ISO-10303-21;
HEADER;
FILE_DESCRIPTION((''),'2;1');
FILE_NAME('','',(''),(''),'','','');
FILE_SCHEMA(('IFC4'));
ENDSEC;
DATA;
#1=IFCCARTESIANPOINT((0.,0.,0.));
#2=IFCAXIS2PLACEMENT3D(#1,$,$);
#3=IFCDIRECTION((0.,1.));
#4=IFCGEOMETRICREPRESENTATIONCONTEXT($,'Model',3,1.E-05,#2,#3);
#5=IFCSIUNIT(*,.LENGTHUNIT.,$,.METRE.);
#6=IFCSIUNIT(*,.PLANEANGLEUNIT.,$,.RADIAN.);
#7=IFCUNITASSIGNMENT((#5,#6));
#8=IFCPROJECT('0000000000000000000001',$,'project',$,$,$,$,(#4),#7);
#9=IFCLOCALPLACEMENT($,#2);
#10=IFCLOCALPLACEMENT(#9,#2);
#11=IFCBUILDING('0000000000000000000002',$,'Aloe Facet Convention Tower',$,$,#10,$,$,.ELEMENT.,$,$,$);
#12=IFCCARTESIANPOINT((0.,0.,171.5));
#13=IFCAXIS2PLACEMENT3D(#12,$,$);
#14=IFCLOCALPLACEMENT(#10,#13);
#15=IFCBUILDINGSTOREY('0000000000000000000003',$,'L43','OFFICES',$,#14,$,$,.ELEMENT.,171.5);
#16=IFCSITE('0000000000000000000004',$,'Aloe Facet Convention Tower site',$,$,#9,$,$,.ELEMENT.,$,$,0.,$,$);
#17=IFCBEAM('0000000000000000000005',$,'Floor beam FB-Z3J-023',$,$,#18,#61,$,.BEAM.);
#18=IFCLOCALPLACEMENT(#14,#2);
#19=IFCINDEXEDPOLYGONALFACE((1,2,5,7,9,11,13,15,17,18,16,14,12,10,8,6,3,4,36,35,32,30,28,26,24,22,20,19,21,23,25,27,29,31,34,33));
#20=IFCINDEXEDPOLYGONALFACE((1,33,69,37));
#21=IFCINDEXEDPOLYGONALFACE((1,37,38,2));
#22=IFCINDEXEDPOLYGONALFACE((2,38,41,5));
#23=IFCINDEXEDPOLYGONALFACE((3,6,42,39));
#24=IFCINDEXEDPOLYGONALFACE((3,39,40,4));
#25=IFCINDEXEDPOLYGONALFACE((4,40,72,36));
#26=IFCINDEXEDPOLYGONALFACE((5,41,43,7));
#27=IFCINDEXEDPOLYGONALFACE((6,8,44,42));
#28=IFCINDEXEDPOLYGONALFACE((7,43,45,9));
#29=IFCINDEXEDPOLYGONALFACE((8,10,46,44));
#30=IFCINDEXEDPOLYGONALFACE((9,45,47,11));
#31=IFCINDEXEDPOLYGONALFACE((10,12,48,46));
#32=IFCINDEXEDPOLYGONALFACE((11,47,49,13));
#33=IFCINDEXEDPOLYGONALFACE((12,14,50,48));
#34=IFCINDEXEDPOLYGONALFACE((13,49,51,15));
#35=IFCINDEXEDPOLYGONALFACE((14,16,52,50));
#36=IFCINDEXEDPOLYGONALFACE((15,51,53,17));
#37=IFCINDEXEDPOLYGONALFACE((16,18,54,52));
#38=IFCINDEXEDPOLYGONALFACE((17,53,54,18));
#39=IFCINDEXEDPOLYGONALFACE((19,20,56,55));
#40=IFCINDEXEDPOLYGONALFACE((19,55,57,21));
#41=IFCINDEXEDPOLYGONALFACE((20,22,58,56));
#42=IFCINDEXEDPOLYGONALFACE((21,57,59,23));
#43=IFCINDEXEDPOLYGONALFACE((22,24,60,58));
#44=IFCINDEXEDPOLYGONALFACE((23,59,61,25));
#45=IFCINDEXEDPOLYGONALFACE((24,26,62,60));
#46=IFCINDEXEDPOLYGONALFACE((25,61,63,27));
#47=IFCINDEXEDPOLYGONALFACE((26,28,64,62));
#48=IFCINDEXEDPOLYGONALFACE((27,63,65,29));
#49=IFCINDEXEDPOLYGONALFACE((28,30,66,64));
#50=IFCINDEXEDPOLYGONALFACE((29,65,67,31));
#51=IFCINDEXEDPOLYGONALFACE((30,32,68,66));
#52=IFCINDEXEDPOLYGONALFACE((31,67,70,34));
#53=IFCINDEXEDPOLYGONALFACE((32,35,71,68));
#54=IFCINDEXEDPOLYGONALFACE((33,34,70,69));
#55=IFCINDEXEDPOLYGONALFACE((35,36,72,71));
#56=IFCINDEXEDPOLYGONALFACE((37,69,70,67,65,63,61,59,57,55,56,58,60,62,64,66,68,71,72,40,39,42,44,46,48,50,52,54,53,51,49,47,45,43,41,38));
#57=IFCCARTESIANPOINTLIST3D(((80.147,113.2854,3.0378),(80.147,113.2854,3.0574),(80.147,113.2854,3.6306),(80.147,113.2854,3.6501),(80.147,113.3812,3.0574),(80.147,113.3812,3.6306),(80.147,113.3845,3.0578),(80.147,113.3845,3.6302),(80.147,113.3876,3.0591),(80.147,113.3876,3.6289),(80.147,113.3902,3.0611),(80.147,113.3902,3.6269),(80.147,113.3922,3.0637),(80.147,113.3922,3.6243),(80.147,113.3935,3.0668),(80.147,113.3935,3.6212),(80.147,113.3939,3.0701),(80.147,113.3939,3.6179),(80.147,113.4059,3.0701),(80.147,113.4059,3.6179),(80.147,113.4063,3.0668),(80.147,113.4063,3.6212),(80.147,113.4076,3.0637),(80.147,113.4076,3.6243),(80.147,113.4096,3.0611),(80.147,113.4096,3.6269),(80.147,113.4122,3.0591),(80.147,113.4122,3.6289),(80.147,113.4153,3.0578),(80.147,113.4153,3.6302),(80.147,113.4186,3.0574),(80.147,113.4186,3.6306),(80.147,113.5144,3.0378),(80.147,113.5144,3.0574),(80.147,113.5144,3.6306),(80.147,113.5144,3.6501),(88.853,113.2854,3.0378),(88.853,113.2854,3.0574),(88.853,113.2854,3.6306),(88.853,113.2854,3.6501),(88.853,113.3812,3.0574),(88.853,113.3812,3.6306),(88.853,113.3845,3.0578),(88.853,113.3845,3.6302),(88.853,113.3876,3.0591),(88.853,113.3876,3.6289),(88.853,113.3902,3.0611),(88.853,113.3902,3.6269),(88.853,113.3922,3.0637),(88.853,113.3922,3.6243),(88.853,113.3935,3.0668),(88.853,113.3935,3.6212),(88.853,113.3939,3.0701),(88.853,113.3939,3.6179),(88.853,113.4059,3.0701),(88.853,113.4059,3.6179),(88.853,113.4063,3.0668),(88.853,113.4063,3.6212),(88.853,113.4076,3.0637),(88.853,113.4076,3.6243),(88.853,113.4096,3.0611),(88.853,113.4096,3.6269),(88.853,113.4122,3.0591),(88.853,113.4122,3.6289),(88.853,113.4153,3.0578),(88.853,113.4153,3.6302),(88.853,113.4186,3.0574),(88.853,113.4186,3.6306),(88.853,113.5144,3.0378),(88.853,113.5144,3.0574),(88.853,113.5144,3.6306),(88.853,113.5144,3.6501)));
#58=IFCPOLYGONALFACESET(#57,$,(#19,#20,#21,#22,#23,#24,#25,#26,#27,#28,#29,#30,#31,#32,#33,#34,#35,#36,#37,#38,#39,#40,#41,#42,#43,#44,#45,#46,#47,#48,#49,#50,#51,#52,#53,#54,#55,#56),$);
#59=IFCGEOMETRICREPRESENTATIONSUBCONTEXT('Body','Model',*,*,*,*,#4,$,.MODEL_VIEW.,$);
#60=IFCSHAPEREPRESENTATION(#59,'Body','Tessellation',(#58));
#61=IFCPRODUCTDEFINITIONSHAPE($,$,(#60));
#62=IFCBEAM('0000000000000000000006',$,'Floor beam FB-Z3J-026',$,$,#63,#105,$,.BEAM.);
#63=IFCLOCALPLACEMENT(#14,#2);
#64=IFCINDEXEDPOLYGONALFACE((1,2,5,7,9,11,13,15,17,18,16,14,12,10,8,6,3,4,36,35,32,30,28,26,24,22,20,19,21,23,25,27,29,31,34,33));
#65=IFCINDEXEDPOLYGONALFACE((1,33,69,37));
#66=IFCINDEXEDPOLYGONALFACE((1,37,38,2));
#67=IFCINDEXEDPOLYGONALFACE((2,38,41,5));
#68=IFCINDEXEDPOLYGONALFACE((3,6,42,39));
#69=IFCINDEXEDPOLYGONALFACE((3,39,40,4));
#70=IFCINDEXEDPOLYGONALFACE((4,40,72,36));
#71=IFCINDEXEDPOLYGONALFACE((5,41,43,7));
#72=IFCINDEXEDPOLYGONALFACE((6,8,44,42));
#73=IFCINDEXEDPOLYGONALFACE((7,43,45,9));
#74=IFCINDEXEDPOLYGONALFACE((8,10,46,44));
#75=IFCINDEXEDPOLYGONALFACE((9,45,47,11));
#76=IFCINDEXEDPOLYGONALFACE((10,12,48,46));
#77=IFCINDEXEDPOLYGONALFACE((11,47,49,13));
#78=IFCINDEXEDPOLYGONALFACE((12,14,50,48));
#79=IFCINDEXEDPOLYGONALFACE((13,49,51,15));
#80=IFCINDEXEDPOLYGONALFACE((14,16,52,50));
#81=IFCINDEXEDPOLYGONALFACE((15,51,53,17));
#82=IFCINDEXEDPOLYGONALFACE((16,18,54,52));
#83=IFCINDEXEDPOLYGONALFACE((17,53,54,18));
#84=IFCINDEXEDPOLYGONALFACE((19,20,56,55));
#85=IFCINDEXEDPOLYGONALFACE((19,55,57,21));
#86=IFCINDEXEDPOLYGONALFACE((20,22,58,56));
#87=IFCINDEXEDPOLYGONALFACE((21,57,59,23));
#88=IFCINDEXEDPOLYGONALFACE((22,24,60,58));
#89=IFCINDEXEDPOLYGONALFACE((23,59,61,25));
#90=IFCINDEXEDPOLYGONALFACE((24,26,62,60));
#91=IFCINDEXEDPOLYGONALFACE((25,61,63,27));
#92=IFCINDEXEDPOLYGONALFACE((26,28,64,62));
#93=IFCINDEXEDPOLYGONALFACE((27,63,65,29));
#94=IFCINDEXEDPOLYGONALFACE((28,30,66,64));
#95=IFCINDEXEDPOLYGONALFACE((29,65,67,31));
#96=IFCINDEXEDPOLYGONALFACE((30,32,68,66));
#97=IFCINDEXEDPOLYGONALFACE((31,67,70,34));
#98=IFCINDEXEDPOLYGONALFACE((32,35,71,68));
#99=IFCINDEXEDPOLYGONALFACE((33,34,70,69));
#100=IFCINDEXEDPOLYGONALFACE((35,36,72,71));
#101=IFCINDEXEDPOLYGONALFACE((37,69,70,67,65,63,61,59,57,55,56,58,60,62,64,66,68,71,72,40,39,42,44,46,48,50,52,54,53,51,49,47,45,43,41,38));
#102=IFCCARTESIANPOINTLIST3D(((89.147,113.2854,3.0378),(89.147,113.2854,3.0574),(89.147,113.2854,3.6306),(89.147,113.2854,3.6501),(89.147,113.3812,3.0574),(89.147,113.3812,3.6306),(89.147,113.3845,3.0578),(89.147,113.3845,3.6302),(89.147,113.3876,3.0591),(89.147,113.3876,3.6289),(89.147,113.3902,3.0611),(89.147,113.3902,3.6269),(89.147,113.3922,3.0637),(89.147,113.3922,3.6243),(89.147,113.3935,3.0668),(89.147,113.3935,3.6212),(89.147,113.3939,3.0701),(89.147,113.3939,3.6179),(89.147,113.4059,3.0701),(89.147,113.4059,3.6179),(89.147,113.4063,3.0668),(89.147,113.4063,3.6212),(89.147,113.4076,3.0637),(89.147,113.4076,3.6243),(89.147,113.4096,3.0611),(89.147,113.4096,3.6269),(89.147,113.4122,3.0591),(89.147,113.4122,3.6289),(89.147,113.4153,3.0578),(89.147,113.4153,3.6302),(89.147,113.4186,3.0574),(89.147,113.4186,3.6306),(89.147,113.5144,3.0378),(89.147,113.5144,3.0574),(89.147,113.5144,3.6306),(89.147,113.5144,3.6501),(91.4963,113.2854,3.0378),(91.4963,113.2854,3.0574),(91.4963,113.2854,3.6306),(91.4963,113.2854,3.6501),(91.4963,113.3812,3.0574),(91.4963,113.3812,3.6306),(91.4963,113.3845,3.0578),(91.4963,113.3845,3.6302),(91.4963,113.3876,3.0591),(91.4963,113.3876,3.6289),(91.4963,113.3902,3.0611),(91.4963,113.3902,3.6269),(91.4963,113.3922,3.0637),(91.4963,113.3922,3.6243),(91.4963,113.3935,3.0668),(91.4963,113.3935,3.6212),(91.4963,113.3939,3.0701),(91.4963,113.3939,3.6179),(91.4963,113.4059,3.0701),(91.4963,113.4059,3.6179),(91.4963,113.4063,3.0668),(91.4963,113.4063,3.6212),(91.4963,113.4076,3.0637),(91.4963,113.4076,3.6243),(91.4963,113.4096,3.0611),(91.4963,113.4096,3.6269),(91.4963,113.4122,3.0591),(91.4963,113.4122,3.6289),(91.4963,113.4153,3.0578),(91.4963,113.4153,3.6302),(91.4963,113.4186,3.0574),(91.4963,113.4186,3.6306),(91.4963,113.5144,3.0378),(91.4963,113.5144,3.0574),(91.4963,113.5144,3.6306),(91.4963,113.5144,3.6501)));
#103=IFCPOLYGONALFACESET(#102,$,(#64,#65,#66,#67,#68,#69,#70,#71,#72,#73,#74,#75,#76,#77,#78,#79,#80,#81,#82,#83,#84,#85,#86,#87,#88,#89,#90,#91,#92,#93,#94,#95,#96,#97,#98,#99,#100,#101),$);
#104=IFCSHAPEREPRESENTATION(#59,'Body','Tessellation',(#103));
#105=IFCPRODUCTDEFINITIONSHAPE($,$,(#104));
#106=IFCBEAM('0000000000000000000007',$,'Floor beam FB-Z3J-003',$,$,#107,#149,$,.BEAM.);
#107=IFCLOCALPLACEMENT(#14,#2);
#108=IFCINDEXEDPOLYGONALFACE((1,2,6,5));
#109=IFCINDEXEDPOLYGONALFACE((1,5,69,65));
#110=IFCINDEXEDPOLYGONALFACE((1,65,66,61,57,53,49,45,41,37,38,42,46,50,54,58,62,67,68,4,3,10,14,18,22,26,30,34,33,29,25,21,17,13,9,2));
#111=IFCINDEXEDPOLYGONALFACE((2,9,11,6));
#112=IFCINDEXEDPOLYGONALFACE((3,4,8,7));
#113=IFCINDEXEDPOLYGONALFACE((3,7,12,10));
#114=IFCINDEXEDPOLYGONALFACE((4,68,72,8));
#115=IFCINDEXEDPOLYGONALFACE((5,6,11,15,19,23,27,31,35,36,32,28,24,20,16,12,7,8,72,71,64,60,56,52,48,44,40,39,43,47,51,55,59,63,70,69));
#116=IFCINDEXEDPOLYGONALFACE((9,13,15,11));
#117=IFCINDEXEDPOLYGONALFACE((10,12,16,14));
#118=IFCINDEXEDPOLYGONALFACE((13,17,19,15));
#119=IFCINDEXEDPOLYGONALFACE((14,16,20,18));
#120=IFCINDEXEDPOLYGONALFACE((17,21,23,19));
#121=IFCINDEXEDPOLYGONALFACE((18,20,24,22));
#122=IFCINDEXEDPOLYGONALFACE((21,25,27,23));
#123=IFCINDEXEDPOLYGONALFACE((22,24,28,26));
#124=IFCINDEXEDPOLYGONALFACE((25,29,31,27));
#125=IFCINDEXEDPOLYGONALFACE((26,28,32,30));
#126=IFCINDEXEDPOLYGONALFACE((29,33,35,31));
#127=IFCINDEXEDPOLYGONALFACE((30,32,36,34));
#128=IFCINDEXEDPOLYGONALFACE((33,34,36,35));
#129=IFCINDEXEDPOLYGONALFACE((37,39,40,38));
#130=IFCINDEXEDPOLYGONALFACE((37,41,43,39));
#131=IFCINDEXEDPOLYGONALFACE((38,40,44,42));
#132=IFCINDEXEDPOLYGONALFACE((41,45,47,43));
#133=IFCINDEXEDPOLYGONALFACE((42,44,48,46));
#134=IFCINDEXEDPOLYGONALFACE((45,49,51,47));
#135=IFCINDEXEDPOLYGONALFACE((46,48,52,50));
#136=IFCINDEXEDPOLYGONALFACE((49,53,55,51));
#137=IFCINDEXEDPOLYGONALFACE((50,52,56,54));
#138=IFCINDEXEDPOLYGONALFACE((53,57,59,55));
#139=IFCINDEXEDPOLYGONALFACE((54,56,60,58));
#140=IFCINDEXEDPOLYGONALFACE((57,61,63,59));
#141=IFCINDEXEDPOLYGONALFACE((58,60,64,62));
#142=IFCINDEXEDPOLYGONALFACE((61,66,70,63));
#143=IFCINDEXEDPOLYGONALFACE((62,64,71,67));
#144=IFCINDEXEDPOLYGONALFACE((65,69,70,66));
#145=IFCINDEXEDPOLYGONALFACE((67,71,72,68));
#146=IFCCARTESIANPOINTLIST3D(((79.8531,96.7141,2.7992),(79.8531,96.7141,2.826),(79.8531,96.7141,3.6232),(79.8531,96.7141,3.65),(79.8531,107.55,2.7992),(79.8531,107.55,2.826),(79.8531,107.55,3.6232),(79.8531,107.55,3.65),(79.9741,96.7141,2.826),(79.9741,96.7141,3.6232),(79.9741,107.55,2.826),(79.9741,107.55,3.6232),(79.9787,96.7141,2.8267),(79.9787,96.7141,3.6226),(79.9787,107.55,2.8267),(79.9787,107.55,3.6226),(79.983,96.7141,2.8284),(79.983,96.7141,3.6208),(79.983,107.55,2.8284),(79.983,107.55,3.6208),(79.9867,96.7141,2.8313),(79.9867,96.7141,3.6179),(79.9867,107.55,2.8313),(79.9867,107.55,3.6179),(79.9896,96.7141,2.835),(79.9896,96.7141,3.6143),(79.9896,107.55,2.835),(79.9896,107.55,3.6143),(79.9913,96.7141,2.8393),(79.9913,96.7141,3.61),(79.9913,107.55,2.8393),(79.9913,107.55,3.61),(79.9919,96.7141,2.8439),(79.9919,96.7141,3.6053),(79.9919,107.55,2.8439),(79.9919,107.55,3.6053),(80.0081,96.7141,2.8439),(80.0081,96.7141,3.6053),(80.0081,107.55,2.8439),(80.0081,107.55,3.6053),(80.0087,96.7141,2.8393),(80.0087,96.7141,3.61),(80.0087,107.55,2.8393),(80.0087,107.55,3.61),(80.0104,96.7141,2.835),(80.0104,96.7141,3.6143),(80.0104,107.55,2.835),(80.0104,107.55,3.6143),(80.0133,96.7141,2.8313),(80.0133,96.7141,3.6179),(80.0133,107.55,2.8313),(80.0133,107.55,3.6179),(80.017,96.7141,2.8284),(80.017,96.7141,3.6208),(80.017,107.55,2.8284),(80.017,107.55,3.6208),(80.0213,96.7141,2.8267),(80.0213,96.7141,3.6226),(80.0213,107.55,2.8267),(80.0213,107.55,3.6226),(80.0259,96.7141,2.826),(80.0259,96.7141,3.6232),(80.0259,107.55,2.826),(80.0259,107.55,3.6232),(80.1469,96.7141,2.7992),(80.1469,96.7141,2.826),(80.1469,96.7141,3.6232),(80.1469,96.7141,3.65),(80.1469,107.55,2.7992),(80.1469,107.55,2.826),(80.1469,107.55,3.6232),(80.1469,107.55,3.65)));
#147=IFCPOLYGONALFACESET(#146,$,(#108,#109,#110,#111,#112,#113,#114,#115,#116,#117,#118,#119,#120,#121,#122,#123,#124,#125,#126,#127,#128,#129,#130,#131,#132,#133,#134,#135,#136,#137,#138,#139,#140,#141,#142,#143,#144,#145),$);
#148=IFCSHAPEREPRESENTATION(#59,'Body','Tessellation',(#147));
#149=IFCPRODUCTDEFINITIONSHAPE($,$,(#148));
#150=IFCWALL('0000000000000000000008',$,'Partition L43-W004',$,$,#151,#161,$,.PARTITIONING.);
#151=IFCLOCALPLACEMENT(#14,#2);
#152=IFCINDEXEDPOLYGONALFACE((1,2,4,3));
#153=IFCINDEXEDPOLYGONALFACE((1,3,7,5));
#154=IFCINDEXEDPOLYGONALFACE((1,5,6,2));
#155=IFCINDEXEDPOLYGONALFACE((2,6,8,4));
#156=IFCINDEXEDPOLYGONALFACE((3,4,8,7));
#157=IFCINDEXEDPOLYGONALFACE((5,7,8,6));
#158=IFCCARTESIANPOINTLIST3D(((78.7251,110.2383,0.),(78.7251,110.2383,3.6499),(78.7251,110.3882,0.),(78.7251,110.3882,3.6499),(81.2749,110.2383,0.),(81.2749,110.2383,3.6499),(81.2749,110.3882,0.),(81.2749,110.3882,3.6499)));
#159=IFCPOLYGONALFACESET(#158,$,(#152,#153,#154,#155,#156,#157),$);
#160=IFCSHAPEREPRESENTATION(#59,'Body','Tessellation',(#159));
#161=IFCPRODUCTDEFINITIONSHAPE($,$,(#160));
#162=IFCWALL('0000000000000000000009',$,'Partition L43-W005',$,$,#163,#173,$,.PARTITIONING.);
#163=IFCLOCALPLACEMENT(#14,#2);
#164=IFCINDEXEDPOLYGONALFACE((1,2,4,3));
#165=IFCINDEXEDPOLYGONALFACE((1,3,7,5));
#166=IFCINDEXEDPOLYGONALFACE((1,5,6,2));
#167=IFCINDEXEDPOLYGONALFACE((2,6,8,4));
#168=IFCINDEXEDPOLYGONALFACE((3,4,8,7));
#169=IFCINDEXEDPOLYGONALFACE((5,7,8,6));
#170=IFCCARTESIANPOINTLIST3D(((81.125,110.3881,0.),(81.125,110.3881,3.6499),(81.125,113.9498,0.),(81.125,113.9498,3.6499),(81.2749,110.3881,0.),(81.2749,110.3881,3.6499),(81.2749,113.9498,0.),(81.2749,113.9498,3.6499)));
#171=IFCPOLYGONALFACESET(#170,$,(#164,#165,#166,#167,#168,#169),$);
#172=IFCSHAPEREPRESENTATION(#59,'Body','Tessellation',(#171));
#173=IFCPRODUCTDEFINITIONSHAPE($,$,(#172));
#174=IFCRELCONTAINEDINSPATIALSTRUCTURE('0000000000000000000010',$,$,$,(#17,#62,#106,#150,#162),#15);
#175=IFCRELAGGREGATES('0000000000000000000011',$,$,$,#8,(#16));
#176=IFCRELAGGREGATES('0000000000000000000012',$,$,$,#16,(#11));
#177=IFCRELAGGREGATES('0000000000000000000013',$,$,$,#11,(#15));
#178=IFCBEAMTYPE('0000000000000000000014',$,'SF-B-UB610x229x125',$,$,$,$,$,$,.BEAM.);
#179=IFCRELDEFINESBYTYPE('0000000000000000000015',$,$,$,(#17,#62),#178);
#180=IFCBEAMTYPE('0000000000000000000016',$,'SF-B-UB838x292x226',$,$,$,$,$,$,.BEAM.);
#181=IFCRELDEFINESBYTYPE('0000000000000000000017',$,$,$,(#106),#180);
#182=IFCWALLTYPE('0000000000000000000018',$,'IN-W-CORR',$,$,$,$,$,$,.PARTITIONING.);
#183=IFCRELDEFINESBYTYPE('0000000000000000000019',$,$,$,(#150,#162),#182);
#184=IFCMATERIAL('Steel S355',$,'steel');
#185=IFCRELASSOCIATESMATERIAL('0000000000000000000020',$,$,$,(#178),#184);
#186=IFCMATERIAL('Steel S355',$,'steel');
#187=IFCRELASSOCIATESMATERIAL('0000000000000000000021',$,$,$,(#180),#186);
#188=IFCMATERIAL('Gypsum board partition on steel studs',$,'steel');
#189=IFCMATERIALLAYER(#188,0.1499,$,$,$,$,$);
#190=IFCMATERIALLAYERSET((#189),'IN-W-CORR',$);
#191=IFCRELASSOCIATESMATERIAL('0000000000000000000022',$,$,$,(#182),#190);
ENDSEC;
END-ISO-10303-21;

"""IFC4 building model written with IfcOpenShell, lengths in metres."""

from ifc_helpers import new_model, si_unit, direction, frame, frame_2d, origin, origin_2d, place, context, subcontext, project, spatial, rectangle, i_section, extrude, material, layer, layer_set, material_profile, profile_set, type_object, element, save


model = new_model("IFC4")

# Units and contexts
model_context = context("Model", 3, precision=1e-05, world=origin(), true_north=direction((0.0, 1.0)))
body_context = subcontext(model_context, "Body", "Model", "MODEL_VIEW")
ifc_project = project(units=[si_unit("LENGTHUNIT", "METRE"), si_unit("PLANEANGLEUNIT", "RADIAN")], contexts=[model_context])

# Site, building, storey
site_placement = place(None, origin())
site = spatial("IfcSite", under=ifc_project, at=site_placement, Name="Aloe Facet Convention Tower site", CompositionType="ELEMENT", RefElevation=0.0)
building_placement = place(site_placement, origin())
building = spatial("IfcBuilding", under=site, at=building_placement, Name="Aloe Facet Convention Tower", CompositionType="ELEMENT")
storey_placement = place(building_placement, frame((0.0, 0.0, 171.5)))
storey = spatial("IfcBuildingStorey", under=building, at=storey_placement, Name="L43", Description="OFFICES", CompositionType="ELEMENT", Elevation=171.5)

# Beams
ifc_material_1 = material(Name="Steel S355", Category="steel")
ifc_material_profile_1 = material_profile(ifc_material_1, i_section(OverallWidth=0.229, OverallDepth=0.6123, WebThickness=0.012, FlangeThickness=0.0195, FilletRadius=0.0127, at=origin_2d()), Name="UB 610x229x125")
ifc_profile_set_1 = profile_set([ifc_material_profile_1], Name="Steel S355")
beam_type_1 = type_object("IfcBeamType", Name="SF-B-UB610x229x125", PredefinedType="BEAM", material=ifc_profile_set_1)
for number, where, z_axis, x_axis, name in (
    (1, (80.147, 113.3999, 3.344), (1.0, 0.0, 0.0), (0.0, 1.0, 0.0), "Floor beam FB-Z3J-023"),
):
    element("IfcBeam", number, at=place(storey_placement, frame(where, z_axis=z_axis, x_axis=x_axis)), inside=storey, type_object=beam_type_1, Name=name, PredefinedType="BEAM", context=body_context, shape_type="SweptSolid", body=[
        extrude(i_section(OverallWidth=0.229, OverallDepth=0.6123, WebThickness=0.012, FlangeThickness=0.0195, FilletRadius=0.0127, at=origin_2d()), origin(), (0.0, 0.0, 1.0), 8.7061),
    ])
beam_1_placement = place(storey_placement, frame((89.147, 113.3999, 3.344), z_axis=(1.0, 0.0, 0.0), x_axis=(0.0, 1.0, 0.0)))
element("IfcBeam", 2, at=beam_1_placement, inside=storey, type_object=beam_type_1, Name="Floor beam FB-Z3J-026", PredefinedType="BEAM", context=body_context, shape_type="SweptSolid", body=[
    extrude(i_section(OverallWidth=0.229, OverallDepth=0.6123, WebThickness=0.012, FlangeThickness=0.0195, FilletRadius=0.0127, at=origin_2d()), origin(), (0.0, 0.0, 1.0), 2.3494),
])
ifc_material_2 = material(Name="Steel S355", Category="steel")
ifc_material_profile_2 = material_profile(ifc_material_2, i_section(OverallWidth=0.2937, OverallDepth=0.8508, WebThickness=0.0161, FlangeThickness=0.0269, FilletRadius=0.0178, at=origin_2d()), Name="UB 838x292x226")
ifc_profile_set_2 = profile_set([ifc_material_profile_2], Name="Steel S355")
beam_type_2 = type_object("IfcBeamType", Name="SF-B-UB838x292x226", PredefinedType="BEAM", material=ifc_profile_set_2)
beam_2_placement = place(storey_placement, frame((80.0, 107.55, 3.2246), z_axis=(0.0, -1.0, 0.0), x_axis=(1.0, 0.0, 0.0)))
element("IfcBeam", 3, at=beam_2_placement, inside=storey, type_object=beam_type_2, Name="Floor beam FB-Z3J-003", PredefinedType="BEAM", context=body_context, shape_type="SweptSolid", body=[
    extrude(i_section(OverallWidth=0.2937, OverallDepth=0.8508, WebThickness=0.0161, FlangeThickness=0.0269, FilletRadius=0.0178, at=origin_2d()), origin(), (0.0, 0.0, 1.0), 10.8359),
])

# Walls
ifc_material_3 = material(Name="Gypsum board partition on steel studs", Category="steel")
ifc_layer_1 = layer(ifc_material_3, 0.1499)
ifc_layer_set_1 = layer_set([ifc_layer_1], Name="IN-W-CORR")
wall_type_1 = type_object("IfcWallType", Name="IN-W-CORR", PredefinedType="PARTITIONING", material=ifc_layer_set_1)
wall_1_placement = place(storey_placement, frame((78.7251, 110.3132, 0.0), z_axis=(0.0, 0.0, 1.0), x_axis=(1.0, 0.0, 0.0)))
element("IfcWall", 4, at=wall_1_placement, inside=storey, type_object=wall_type_1, Name="Partition L43-W004", PredefinedType="PARTITIONING", context=body_context, shape_type="SweptSolid", body=[
    extrude(rectangle(XDim=2.5498, YDim=0.1499, at=frame_2d((1.2749, 0.0))), origin(), (0.0, 0.0, 1.0), 3.6499),
])
wall_2_placement = place(storey_placement, frame((81.2, 110.3882, 0.0), z_axis=(0.0, 0.0, 1.0), x_axis=(0.0, 1.0, 0.0)))
element("IfcWall", 5, at=wall_2_placement, inside=storey, type_object=wall_type_1, Name="Partition L43-W005", PredefinedType="PARTITIONING", context=body_context, shape_type="SweptSolid", body=[
    extrude(rectangle(XDim=3.5618, YDim=0.1499, at=frame_2d((1.7808, 0.0))), origin(), (0.0, 0.0, 1.0), 3.6499),
])

save(model, "model.ifc")
